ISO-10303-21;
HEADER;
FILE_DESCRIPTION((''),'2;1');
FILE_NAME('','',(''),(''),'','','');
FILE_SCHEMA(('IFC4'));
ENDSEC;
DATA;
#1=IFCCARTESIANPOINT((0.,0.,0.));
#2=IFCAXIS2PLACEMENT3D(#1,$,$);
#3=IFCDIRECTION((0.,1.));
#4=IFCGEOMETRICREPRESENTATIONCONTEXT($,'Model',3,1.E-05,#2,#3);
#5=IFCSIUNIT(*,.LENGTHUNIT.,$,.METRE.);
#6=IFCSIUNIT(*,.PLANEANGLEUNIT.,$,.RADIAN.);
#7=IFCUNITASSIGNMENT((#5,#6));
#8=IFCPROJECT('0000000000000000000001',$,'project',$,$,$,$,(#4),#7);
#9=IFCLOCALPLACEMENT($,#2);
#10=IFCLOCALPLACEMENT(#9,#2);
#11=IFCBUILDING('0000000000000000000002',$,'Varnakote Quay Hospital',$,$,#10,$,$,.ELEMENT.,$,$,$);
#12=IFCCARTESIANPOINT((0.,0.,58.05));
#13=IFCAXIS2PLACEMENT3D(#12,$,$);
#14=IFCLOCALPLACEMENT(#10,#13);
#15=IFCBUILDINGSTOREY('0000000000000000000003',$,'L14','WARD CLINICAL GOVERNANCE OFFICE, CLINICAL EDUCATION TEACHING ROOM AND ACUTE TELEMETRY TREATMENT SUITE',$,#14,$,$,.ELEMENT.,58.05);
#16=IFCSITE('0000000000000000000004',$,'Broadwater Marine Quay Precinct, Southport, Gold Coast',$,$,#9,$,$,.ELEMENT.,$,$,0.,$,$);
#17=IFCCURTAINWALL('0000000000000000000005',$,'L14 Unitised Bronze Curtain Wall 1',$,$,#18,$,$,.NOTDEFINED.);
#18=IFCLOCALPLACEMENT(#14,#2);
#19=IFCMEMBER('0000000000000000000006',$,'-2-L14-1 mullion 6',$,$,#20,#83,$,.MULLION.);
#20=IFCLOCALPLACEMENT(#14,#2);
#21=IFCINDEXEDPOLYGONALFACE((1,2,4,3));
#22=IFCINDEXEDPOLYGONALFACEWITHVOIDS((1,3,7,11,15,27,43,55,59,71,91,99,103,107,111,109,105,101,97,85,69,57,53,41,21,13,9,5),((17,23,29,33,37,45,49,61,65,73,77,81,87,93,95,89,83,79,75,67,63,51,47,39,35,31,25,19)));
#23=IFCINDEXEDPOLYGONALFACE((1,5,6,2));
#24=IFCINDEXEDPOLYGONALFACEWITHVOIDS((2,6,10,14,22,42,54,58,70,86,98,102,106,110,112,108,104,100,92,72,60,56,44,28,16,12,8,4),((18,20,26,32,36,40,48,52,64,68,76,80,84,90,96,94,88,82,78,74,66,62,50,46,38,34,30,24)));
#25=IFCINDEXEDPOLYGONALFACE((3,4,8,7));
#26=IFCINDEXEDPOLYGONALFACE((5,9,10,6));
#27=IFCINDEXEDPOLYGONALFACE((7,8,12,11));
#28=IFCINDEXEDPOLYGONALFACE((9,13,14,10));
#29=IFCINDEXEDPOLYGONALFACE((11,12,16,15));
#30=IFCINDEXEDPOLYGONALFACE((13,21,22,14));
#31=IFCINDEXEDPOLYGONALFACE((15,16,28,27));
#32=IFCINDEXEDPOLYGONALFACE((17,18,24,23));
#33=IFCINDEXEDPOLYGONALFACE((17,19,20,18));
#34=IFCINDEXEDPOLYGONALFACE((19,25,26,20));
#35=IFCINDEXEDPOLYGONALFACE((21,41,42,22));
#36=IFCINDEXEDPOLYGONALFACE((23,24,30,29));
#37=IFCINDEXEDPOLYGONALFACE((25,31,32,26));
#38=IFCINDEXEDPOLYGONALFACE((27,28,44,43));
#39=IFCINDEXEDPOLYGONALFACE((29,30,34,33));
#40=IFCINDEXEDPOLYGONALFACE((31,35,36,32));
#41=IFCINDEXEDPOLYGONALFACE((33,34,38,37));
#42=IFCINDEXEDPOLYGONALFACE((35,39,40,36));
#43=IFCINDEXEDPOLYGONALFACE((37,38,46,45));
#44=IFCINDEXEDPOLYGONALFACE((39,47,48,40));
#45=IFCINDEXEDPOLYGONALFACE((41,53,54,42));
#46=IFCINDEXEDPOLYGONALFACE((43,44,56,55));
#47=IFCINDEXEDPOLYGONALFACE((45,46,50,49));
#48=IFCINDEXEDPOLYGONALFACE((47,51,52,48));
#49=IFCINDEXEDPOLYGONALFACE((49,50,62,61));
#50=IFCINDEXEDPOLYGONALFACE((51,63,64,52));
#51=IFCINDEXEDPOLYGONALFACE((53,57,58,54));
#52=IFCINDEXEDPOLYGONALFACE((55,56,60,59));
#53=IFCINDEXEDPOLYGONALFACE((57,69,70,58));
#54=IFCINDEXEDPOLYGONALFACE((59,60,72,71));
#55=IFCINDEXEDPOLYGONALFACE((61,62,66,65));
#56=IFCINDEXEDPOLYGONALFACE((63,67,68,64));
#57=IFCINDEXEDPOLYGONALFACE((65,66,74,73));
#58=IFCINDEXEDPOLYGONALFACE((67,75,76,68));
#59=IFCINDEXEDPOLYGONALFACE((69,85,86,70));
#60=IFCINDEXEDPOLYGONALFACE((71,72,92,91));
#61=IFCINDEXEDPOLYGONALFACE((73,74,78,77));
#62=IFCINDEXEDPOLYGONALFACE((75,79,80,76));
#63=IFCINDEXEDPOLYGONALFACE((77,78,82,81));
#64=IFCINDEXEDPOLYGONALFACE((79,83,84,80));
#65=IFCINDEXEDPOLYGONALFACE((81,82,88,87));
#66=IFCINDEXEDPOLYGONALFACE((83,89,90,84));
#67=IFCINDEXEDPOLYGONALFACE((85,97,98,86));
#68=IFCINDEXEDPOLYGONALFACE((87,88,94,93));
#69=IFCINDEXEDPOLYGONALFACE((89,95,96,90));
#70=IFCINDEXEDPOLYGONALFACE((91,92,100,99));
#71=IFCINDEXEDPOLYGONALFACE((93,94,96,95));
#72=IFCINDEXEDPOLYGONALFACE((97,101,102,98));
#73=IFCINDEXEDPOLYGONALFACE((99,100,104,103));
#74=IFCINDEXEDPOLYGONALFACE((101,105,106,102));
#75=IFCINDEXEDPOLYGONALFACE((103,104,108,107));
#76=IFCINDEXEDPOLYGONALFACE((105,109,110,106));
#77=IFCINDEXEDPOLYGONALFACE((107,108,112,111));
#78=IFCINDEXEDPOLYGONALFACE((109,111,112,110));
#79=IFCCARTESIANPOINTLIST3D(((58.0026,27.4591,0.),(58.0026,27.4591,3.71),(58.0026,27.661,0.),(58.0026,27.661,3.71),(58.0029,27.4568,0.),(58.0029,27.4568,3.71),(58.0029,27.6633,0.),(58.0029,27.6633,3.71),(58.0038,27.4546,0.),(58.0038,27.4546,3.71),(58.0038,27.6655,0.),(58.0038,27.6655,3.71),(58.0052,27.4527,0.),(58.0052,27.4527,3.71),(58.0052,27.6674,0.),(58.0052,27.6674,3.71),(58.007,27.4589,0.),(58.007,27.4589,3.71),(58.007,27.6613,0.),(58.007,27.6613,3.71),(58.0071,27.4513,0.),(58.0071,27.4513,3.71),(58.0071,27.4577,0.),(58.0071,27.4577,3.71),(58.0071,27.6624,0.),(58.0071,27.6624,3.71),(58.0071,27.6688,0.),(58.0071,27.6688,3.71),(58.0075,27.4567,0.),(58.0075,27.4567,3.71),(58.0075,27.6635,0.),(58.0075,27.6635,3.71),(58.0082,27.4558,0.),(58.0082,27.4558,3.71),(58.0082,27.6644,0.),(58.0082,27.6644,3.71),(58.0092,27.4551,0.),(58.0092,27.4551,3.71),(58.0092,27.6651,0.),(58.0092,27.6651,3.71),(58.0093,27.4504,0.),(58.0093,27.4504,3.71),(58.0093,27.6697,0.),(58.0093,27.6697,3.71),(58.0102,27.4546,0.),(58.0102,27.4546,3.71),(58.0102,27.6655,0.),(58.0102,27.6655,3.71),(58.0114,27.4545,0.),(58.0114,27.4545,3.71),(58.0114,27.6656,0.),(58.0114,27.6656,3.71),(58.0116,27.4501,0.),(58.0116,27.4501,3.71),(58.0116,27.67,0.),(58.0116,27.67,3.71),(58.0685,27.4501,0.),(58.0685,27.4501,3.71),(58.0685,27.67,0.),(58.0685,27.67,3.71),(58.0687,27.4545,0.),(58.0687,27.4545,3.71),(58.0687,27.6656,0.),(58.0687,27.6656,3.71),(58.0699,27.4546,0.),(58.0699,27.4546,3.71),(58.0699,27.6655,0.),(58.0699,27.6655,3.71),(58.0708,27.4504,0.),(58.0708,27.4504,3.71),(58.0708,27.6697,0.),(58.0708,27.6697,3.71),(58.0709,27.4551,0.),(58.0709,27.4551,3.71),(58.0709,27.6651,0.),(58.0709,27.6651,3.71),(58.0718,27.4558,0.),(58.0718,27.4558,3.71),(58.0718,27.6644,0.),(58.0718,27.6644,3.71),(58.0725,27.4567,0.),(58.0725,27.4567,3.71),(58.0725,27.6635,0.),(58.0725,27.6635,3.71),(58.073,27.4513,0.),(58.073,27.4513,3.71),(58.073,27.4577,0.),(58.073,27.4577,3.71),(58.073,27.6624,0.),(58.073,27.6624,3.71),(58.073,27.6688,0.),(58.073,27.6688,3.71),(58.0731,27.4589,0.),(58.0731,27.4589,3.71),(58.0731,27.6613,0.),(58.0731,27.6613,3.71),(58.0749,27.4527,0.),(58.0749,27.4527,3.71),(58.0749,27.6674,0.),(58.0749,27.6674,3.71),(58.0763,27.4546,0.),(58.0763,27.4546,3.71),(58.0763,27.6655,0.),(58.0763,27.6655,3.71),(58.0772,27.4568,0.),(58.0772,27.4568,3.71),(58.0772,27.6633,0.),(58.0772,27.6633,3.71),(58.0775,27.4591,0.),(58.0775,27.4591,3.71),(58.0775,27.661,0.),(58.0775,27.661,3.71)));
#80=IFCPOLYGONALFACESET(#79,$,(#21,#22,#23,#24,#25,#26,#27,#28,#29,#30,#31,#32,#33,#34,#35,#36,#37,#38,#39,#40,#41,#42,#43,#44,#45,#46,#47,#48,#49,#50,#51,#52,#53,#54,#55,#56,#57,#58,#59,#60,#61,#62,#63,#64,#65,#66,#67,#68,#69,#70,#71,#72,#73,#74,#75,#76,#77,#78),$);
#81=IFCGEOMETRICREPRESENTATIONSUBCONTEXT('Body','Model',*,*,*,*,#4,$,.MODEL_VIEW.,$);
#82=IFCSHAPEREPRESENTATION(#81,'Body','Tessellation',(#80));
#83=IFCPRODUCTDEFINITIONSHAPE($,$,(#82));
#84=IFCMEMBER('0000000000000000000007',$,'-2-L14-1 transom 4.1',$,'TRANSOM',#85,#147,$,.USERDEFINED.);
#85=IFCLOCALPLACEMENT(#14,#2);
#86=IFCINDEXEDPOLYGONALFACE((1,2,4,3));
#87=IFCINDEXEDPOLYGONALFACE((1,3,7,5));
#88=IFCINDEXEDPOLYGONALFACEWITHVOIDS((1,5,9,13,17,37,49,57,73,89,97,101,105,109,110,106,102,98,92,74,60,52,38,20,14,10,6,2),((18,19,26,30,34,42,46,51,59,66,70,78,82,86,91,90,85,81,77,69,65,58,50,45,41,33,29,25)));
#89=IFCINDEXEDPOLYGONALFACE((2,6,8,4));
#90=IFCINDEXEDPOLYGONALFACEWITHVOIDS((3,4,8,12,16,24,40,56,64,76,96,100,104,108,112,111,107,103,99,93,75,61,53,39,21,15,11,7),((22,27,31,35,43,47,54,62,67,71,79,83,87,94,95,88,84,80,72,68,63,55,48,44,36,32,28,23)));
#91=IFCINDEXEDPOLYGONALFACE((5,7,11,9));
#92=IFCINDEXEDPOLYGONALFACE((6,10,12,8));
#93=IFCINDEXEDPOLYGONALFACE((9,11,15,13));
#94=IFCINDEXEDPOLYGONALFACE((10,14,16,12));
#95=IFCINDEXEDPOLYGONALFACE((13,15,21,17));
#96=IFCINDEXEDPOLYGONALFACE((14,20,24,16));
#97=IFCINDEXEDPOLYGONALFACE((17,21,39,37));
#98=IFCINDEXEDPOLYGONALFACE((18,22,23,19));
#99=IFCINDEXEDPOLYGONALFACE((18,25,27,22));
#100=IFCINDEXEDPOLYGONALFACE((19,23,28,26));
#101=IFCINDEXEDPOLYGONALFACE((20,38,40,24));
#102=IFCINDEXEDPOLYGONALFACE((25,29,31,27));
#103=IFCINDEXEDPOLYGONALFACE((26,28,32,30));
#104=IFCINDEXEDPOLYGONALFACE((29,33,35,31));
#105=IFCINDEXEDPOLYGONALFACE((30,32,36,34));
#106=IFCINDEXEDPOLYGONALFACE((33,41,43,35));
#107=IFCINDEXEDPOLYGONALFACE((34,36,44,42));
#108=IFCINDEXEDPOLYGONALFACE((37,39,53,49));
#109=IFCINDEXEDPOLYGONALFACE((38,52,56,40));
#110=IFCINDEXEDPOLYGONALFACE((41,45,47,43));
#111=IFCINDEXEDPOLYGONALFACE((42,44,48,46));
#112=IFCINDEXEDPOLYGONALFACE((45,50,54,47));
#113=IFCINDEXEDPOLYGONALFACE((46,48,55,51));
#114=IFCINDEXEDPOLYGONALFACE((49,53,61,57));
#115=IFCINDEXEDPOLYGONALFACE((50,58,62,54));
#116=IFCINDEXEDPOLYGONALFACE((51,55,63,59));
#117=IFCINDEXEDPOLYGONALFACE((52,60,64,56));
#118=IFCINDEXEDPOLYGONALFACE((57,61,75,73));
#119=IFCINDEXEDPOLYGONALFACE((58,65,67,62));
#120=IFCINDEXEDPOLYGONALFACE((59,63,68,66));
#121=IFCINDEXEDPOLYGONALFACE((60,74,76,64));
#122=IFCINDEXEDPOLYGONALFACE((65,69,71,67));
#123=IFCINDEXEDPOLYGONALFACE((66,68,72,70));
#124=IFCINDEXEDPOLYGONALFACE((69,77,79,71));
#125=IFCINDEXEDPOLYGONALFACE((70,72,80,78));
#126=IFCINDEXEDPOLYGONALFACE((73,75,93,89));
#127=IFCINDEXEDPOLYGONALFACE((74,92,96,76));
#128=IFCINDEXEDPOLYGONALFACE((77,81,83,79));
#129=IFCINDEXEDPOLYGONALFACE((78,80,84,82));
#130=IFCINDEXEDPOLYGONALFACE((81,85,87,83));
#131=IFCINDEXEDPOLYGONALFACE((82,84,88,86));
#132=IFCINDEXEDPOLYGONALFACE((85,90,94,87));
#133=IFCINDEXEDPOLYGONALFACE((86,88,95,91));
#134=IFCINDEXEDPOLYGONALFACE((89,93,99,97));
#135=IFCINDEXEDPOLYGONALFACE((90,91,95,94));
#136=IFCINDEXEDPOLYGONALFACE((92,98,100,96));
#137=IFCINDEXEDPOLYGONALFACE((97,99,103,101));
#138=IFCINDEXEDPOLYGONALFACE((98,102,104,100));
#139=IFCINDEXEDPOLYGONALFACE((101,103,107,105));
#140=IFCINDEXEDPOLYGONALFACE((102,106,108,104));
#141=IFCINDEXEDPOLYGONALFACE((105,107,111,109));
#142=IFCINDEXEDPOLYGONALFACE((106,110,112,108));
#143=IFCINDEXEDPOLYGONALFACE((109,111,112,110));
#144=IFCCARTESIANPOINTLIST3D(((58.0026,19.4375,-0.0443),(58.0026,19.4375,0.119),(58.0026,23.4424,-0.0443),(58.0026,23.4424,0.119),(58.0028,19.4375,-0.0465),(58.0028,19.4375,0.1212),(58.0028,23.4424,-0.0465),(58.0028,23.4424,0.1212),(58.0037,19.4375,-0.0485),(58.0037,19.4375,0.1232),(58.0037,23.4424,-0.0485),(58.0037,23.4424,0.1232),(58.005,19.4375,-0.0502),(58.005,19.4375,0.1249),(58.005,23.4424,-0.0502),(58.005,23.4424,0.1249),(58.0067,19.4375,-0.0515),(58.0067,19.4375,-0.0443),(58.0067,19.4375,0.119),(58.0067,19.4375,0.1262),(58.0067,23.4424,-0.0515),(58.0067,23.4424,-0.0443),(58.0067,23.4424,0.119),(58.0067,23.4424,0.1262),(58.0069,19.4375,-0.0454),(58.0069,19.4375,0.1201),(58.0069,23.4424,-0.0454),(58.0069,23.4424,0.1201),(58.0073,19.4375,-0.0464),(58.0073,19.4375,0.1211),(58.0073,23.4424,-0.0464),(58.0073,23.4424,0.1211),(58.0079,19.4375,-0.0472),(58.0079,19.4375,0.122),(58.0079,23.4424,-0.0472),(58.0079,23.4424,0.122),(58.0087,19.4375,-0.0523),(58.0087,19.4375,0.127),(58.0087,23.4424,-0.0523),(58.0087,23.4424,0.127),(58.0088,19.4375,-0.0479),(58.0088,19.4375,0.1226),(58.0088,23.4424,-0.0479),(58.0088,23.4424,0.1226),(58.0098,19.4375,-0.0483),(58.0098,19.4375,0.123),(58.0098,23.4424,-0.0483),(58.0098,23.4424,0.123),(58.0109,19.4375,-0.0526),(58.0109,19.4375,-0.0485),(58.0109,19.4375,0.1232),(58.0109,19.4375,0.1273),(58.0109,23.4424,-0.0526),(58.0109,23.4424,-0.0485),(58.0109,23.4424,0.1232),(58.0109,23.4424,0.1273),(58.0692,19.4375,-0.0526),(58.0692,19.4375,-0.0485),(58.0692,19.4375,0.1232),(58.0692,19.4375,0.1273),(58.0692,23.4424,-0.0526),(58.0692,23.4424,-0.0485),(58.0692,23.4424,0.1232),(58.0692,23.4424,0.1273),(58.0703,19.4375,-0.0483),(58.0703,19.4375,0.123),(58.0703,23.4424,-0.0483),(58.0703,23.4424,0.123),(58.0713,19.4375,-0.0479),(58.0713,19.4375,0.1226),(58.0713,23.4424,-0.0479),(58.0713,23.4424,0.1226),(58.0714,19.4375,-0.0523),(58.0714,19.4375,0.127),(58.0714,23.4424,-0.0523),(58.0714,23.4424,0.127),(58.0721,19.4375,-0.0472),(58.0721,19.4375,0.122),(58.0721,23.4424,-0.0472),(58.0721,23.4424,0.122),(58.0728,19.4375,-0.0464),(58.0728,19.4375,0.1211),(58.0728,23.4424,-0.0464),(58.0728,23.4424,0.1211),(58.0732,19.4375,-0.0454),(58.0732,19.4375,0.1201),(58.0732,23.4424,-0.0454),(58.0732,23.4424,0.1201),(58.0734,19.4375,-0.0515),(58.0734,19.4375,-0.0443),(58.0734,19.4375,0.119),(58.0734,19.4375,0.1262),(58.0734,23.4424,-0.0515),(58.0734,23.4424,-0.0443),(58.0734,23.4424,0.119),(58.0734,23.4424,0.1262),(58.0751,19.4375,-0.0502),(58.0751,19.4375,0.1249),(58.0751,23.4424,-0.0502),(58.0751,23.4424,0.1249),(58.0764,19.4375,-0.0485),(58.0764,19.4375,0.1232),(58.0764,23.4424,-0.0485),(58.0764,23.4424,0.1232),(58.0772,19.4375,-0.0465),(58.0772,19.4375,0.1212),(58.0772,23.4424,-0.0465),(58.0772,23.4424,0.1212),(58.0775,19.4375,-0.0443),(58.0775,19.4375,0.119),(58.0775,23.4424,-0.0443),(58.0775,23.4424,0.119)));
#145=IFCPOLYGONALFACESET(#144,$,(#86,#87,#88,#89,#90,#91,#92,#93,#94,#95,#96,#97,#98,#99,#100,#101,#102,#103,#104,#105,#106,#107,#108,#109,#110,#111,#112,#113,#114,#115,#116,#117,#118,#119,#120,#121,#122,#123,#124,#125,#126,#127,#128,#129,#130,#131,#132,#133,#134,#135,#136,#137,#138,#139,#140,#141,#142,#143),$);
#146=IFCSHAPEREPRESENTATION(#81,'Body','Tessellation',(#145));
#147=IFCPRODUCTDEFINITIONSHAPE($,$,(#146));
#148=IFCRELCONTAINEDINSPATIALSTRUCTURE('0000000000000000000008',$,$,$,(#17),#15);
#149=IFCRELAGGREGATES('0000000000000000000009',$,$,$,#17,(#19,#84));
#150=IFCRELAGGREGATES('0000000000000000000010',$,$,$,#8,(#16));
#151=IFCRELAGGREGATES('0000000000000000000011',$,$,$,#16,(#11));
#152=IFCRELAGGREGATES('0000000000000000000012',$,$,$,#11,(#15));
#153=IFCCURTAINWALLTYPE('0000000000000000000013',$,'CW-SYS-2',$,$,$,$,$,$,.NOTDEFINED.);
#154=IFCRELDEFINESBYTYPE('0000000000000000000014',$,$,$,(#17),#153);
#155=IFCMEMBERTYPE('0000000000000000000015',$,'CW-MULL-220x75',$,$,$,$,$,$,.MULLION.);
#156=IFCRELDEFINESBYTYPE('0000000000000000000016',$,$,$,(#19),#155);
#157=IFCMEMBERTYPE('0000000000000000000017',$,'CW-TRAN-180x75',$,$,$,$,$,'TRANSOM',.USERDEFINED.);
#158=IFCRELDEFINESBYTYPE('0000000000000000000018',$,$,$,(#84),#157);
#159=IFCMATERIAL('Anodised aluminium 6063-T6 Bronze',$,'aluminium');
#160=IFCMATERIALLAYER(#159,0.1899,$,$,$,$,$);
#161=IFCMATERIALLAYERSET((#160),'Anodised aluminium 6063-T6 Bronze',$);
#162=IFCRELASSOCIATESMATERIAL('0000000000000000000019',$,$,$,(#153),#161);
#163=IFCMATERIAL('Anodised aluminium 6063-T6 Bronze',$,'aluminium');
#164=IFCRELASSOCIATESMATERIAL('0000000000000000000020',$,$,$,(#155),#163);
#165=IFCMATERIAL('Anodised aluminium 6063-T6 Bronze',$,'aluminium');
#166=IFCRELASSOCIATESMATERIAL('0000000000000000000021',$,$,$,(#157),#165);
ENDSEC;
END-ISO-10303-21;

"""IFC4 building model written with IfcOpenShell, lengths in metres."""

from ifc_helpers import new_model, si_unit, direction, frame, origin, origin_2d, place, context, subcontext, project, spatial, hollow_rectangle, extrude, material, layer, layer_set, material_profile, profile_set, type_object, element, aggregate, save


model = new_model("IFC4")

# Units and contexts
model_context = context("Model", 3, precision=1e-05, world=origin(), true_north=direction((0.0, 1.0)))
body_context = subcontext(model_context, "Body", "Model", "MODEL_VIEW")
ifc_project = project(units=[si_unit("LENGTHUNIT", "METRE"), si_unit("PLANEANGLEUNIT", "RADIAN")], contexts=[model_context])

# Site, building, storey
site_placement = place(None, origin())
site = spatial("IfcSite", under=ifc_project, at=site_placement, Name="Broadwater Marine Quay Precinct, Southport, Gold Coast", CompositionType="ELEMENT", RefElevation=0.0)
building_placement = place(site_placement, origin())
building = spatial("IfcBuilding", under=site, at=building_placement, Name="Varnakote Quay Hospital", CompositionType="ELEMENT")
storey_placement = place(building_placement, frame((0.0, 0.0, 58.05)))
storey = spatial("IfcBuildingStorey", under=building, at=storey_placement, Name="L14", Description="WARD CLINICAL GOVERNANCE OFFICE, CLINICAL EDUCATION TEACHING ROOM AND ACUTE TELEMETRY TREATMENT SUITE", CompositionType="ELEMENT", Elevation=58.05)

# Curtain wall, members
ifc_material_1 = material(Name="Anodised aluminium 6063-T6 Bronze", Category="aluminium")
ifc_layer_1 = layer(ifc_material_1, 0.1899)
ifc_layer_set_1 = layer_set([ifc_layer_1], Name="Anodised aluminium 6063-T6 Bronze")
curtain_wall_type = type_object("IfcCurtainWallType", Name="CW-SYS-2", PredefinedType="NOTDEFINED", material=ifc_layer_set_1)
curtain_wall_placement = place(storey_placement, origin())
curtain_wall = element("IfcCurtainWall", 1, at=curtain_wall_placement, inside=storey, type_object=curtain_wall_type, Name="L14 Unitised Bronze Curtain Wall 1", PredefinedType="NOTDEFINED")
ifc_material_2 = material(Name="Anodised aluminium 6063-T6 Bronze", Category="aluminium")
ifc_material_profile_1 = material_profile(ifc_material_2, hollow_rectangle(XDim=0.075, YDim=0.22, WallThickness=0.0044, InnerFilletRadius=0.0044, OuterFilletRadius=0.009, at=origin_2d()), Name="CW-MULL-220x75")
ifc_profile_set_1 = profile_set([ifc_material_profile_1], Name="Anodised aluminium 6063-T6 Bronze")
member_type_1 = type_object("IfcMemberType", Name="CW-MULL-220x75", PredefinedType="MULLION", material=ifc_profile_set_1)
member_1_placement = place(storey_placement, frame((58.04, 27.5601, 0.0), z_axis=(0.0, 0.0, 1.0), x_axis=(-1.0, 0.0, 0.0)))
member_1 = element("IfcMember", 2, at=member_1_placement, type_object=member_type_1, Name="-2-L14-1 mullion 6", PredefinedType="MULLION", context=body_context, shape_type="SweptSolid", body=[
    extrude(hollow_rectangle(XDim=0.075, YDim=0.22, WallThickness=0.0044, InnerFilletRadius=0.0044, OuterFilletRadius=0.009, at=origin_2d()), origin(), (0.0, 0.0, 1.0), 3.71),
])
ifc_material_3 = material(Name="Anodised aluminium 6063-T6 Bronze", Category="aluminium")
ifc_material_profile_2 = material_profile(ifc_material_3, hollow_rectangle(XDim=0.075, YDim=0.1799, WallThickness=0.0042, InnerFilletRadius=0.0042, OuterFilletRadius=0.0083, at=origin_2d()), Name="CW-TRAN-180x75")
ifc_profile_set_2 = profile_set([ifc_material_profile_2], Name="Anodised aluminium 6063-T6 Bronze")
member_type_2 = type_object("IfcMemberType", Name="CW-TRAN-180x75", ElementType="TRANSOM", PredefinedType="USERDEFINED", material=ifc_profile_set_2)
member_2_placement = place(storey_placement, frame((58.04, 19.4375, 0.0374), z_axis=(0.0, 1.0, 0.0), x_axis=(-1.0, 0.0, 0.0)))
member_2 = element("IfcMember", 3, at=member_2_placement, type_object=member_type_2, Name="-2-L14-1 transom 4.1", ObjectType="TRANSOM", PredefinedType="USERDEFINED", context=body_context, shape_type="SweptSolid", body=[
    extrude(hollow_rectangle(XDim=0.075, YDim=0.1799, WallThickness=0.0042, InnerFilletRadius=0.0042, OuterFilletRadius=0.0083, at=origin_2d()), origin(), (0.0, 0.0, 1.0), 4.0049),
])
aggregate(curtain_wall, [member_1, member_2])

save(model, "model.ifc")
